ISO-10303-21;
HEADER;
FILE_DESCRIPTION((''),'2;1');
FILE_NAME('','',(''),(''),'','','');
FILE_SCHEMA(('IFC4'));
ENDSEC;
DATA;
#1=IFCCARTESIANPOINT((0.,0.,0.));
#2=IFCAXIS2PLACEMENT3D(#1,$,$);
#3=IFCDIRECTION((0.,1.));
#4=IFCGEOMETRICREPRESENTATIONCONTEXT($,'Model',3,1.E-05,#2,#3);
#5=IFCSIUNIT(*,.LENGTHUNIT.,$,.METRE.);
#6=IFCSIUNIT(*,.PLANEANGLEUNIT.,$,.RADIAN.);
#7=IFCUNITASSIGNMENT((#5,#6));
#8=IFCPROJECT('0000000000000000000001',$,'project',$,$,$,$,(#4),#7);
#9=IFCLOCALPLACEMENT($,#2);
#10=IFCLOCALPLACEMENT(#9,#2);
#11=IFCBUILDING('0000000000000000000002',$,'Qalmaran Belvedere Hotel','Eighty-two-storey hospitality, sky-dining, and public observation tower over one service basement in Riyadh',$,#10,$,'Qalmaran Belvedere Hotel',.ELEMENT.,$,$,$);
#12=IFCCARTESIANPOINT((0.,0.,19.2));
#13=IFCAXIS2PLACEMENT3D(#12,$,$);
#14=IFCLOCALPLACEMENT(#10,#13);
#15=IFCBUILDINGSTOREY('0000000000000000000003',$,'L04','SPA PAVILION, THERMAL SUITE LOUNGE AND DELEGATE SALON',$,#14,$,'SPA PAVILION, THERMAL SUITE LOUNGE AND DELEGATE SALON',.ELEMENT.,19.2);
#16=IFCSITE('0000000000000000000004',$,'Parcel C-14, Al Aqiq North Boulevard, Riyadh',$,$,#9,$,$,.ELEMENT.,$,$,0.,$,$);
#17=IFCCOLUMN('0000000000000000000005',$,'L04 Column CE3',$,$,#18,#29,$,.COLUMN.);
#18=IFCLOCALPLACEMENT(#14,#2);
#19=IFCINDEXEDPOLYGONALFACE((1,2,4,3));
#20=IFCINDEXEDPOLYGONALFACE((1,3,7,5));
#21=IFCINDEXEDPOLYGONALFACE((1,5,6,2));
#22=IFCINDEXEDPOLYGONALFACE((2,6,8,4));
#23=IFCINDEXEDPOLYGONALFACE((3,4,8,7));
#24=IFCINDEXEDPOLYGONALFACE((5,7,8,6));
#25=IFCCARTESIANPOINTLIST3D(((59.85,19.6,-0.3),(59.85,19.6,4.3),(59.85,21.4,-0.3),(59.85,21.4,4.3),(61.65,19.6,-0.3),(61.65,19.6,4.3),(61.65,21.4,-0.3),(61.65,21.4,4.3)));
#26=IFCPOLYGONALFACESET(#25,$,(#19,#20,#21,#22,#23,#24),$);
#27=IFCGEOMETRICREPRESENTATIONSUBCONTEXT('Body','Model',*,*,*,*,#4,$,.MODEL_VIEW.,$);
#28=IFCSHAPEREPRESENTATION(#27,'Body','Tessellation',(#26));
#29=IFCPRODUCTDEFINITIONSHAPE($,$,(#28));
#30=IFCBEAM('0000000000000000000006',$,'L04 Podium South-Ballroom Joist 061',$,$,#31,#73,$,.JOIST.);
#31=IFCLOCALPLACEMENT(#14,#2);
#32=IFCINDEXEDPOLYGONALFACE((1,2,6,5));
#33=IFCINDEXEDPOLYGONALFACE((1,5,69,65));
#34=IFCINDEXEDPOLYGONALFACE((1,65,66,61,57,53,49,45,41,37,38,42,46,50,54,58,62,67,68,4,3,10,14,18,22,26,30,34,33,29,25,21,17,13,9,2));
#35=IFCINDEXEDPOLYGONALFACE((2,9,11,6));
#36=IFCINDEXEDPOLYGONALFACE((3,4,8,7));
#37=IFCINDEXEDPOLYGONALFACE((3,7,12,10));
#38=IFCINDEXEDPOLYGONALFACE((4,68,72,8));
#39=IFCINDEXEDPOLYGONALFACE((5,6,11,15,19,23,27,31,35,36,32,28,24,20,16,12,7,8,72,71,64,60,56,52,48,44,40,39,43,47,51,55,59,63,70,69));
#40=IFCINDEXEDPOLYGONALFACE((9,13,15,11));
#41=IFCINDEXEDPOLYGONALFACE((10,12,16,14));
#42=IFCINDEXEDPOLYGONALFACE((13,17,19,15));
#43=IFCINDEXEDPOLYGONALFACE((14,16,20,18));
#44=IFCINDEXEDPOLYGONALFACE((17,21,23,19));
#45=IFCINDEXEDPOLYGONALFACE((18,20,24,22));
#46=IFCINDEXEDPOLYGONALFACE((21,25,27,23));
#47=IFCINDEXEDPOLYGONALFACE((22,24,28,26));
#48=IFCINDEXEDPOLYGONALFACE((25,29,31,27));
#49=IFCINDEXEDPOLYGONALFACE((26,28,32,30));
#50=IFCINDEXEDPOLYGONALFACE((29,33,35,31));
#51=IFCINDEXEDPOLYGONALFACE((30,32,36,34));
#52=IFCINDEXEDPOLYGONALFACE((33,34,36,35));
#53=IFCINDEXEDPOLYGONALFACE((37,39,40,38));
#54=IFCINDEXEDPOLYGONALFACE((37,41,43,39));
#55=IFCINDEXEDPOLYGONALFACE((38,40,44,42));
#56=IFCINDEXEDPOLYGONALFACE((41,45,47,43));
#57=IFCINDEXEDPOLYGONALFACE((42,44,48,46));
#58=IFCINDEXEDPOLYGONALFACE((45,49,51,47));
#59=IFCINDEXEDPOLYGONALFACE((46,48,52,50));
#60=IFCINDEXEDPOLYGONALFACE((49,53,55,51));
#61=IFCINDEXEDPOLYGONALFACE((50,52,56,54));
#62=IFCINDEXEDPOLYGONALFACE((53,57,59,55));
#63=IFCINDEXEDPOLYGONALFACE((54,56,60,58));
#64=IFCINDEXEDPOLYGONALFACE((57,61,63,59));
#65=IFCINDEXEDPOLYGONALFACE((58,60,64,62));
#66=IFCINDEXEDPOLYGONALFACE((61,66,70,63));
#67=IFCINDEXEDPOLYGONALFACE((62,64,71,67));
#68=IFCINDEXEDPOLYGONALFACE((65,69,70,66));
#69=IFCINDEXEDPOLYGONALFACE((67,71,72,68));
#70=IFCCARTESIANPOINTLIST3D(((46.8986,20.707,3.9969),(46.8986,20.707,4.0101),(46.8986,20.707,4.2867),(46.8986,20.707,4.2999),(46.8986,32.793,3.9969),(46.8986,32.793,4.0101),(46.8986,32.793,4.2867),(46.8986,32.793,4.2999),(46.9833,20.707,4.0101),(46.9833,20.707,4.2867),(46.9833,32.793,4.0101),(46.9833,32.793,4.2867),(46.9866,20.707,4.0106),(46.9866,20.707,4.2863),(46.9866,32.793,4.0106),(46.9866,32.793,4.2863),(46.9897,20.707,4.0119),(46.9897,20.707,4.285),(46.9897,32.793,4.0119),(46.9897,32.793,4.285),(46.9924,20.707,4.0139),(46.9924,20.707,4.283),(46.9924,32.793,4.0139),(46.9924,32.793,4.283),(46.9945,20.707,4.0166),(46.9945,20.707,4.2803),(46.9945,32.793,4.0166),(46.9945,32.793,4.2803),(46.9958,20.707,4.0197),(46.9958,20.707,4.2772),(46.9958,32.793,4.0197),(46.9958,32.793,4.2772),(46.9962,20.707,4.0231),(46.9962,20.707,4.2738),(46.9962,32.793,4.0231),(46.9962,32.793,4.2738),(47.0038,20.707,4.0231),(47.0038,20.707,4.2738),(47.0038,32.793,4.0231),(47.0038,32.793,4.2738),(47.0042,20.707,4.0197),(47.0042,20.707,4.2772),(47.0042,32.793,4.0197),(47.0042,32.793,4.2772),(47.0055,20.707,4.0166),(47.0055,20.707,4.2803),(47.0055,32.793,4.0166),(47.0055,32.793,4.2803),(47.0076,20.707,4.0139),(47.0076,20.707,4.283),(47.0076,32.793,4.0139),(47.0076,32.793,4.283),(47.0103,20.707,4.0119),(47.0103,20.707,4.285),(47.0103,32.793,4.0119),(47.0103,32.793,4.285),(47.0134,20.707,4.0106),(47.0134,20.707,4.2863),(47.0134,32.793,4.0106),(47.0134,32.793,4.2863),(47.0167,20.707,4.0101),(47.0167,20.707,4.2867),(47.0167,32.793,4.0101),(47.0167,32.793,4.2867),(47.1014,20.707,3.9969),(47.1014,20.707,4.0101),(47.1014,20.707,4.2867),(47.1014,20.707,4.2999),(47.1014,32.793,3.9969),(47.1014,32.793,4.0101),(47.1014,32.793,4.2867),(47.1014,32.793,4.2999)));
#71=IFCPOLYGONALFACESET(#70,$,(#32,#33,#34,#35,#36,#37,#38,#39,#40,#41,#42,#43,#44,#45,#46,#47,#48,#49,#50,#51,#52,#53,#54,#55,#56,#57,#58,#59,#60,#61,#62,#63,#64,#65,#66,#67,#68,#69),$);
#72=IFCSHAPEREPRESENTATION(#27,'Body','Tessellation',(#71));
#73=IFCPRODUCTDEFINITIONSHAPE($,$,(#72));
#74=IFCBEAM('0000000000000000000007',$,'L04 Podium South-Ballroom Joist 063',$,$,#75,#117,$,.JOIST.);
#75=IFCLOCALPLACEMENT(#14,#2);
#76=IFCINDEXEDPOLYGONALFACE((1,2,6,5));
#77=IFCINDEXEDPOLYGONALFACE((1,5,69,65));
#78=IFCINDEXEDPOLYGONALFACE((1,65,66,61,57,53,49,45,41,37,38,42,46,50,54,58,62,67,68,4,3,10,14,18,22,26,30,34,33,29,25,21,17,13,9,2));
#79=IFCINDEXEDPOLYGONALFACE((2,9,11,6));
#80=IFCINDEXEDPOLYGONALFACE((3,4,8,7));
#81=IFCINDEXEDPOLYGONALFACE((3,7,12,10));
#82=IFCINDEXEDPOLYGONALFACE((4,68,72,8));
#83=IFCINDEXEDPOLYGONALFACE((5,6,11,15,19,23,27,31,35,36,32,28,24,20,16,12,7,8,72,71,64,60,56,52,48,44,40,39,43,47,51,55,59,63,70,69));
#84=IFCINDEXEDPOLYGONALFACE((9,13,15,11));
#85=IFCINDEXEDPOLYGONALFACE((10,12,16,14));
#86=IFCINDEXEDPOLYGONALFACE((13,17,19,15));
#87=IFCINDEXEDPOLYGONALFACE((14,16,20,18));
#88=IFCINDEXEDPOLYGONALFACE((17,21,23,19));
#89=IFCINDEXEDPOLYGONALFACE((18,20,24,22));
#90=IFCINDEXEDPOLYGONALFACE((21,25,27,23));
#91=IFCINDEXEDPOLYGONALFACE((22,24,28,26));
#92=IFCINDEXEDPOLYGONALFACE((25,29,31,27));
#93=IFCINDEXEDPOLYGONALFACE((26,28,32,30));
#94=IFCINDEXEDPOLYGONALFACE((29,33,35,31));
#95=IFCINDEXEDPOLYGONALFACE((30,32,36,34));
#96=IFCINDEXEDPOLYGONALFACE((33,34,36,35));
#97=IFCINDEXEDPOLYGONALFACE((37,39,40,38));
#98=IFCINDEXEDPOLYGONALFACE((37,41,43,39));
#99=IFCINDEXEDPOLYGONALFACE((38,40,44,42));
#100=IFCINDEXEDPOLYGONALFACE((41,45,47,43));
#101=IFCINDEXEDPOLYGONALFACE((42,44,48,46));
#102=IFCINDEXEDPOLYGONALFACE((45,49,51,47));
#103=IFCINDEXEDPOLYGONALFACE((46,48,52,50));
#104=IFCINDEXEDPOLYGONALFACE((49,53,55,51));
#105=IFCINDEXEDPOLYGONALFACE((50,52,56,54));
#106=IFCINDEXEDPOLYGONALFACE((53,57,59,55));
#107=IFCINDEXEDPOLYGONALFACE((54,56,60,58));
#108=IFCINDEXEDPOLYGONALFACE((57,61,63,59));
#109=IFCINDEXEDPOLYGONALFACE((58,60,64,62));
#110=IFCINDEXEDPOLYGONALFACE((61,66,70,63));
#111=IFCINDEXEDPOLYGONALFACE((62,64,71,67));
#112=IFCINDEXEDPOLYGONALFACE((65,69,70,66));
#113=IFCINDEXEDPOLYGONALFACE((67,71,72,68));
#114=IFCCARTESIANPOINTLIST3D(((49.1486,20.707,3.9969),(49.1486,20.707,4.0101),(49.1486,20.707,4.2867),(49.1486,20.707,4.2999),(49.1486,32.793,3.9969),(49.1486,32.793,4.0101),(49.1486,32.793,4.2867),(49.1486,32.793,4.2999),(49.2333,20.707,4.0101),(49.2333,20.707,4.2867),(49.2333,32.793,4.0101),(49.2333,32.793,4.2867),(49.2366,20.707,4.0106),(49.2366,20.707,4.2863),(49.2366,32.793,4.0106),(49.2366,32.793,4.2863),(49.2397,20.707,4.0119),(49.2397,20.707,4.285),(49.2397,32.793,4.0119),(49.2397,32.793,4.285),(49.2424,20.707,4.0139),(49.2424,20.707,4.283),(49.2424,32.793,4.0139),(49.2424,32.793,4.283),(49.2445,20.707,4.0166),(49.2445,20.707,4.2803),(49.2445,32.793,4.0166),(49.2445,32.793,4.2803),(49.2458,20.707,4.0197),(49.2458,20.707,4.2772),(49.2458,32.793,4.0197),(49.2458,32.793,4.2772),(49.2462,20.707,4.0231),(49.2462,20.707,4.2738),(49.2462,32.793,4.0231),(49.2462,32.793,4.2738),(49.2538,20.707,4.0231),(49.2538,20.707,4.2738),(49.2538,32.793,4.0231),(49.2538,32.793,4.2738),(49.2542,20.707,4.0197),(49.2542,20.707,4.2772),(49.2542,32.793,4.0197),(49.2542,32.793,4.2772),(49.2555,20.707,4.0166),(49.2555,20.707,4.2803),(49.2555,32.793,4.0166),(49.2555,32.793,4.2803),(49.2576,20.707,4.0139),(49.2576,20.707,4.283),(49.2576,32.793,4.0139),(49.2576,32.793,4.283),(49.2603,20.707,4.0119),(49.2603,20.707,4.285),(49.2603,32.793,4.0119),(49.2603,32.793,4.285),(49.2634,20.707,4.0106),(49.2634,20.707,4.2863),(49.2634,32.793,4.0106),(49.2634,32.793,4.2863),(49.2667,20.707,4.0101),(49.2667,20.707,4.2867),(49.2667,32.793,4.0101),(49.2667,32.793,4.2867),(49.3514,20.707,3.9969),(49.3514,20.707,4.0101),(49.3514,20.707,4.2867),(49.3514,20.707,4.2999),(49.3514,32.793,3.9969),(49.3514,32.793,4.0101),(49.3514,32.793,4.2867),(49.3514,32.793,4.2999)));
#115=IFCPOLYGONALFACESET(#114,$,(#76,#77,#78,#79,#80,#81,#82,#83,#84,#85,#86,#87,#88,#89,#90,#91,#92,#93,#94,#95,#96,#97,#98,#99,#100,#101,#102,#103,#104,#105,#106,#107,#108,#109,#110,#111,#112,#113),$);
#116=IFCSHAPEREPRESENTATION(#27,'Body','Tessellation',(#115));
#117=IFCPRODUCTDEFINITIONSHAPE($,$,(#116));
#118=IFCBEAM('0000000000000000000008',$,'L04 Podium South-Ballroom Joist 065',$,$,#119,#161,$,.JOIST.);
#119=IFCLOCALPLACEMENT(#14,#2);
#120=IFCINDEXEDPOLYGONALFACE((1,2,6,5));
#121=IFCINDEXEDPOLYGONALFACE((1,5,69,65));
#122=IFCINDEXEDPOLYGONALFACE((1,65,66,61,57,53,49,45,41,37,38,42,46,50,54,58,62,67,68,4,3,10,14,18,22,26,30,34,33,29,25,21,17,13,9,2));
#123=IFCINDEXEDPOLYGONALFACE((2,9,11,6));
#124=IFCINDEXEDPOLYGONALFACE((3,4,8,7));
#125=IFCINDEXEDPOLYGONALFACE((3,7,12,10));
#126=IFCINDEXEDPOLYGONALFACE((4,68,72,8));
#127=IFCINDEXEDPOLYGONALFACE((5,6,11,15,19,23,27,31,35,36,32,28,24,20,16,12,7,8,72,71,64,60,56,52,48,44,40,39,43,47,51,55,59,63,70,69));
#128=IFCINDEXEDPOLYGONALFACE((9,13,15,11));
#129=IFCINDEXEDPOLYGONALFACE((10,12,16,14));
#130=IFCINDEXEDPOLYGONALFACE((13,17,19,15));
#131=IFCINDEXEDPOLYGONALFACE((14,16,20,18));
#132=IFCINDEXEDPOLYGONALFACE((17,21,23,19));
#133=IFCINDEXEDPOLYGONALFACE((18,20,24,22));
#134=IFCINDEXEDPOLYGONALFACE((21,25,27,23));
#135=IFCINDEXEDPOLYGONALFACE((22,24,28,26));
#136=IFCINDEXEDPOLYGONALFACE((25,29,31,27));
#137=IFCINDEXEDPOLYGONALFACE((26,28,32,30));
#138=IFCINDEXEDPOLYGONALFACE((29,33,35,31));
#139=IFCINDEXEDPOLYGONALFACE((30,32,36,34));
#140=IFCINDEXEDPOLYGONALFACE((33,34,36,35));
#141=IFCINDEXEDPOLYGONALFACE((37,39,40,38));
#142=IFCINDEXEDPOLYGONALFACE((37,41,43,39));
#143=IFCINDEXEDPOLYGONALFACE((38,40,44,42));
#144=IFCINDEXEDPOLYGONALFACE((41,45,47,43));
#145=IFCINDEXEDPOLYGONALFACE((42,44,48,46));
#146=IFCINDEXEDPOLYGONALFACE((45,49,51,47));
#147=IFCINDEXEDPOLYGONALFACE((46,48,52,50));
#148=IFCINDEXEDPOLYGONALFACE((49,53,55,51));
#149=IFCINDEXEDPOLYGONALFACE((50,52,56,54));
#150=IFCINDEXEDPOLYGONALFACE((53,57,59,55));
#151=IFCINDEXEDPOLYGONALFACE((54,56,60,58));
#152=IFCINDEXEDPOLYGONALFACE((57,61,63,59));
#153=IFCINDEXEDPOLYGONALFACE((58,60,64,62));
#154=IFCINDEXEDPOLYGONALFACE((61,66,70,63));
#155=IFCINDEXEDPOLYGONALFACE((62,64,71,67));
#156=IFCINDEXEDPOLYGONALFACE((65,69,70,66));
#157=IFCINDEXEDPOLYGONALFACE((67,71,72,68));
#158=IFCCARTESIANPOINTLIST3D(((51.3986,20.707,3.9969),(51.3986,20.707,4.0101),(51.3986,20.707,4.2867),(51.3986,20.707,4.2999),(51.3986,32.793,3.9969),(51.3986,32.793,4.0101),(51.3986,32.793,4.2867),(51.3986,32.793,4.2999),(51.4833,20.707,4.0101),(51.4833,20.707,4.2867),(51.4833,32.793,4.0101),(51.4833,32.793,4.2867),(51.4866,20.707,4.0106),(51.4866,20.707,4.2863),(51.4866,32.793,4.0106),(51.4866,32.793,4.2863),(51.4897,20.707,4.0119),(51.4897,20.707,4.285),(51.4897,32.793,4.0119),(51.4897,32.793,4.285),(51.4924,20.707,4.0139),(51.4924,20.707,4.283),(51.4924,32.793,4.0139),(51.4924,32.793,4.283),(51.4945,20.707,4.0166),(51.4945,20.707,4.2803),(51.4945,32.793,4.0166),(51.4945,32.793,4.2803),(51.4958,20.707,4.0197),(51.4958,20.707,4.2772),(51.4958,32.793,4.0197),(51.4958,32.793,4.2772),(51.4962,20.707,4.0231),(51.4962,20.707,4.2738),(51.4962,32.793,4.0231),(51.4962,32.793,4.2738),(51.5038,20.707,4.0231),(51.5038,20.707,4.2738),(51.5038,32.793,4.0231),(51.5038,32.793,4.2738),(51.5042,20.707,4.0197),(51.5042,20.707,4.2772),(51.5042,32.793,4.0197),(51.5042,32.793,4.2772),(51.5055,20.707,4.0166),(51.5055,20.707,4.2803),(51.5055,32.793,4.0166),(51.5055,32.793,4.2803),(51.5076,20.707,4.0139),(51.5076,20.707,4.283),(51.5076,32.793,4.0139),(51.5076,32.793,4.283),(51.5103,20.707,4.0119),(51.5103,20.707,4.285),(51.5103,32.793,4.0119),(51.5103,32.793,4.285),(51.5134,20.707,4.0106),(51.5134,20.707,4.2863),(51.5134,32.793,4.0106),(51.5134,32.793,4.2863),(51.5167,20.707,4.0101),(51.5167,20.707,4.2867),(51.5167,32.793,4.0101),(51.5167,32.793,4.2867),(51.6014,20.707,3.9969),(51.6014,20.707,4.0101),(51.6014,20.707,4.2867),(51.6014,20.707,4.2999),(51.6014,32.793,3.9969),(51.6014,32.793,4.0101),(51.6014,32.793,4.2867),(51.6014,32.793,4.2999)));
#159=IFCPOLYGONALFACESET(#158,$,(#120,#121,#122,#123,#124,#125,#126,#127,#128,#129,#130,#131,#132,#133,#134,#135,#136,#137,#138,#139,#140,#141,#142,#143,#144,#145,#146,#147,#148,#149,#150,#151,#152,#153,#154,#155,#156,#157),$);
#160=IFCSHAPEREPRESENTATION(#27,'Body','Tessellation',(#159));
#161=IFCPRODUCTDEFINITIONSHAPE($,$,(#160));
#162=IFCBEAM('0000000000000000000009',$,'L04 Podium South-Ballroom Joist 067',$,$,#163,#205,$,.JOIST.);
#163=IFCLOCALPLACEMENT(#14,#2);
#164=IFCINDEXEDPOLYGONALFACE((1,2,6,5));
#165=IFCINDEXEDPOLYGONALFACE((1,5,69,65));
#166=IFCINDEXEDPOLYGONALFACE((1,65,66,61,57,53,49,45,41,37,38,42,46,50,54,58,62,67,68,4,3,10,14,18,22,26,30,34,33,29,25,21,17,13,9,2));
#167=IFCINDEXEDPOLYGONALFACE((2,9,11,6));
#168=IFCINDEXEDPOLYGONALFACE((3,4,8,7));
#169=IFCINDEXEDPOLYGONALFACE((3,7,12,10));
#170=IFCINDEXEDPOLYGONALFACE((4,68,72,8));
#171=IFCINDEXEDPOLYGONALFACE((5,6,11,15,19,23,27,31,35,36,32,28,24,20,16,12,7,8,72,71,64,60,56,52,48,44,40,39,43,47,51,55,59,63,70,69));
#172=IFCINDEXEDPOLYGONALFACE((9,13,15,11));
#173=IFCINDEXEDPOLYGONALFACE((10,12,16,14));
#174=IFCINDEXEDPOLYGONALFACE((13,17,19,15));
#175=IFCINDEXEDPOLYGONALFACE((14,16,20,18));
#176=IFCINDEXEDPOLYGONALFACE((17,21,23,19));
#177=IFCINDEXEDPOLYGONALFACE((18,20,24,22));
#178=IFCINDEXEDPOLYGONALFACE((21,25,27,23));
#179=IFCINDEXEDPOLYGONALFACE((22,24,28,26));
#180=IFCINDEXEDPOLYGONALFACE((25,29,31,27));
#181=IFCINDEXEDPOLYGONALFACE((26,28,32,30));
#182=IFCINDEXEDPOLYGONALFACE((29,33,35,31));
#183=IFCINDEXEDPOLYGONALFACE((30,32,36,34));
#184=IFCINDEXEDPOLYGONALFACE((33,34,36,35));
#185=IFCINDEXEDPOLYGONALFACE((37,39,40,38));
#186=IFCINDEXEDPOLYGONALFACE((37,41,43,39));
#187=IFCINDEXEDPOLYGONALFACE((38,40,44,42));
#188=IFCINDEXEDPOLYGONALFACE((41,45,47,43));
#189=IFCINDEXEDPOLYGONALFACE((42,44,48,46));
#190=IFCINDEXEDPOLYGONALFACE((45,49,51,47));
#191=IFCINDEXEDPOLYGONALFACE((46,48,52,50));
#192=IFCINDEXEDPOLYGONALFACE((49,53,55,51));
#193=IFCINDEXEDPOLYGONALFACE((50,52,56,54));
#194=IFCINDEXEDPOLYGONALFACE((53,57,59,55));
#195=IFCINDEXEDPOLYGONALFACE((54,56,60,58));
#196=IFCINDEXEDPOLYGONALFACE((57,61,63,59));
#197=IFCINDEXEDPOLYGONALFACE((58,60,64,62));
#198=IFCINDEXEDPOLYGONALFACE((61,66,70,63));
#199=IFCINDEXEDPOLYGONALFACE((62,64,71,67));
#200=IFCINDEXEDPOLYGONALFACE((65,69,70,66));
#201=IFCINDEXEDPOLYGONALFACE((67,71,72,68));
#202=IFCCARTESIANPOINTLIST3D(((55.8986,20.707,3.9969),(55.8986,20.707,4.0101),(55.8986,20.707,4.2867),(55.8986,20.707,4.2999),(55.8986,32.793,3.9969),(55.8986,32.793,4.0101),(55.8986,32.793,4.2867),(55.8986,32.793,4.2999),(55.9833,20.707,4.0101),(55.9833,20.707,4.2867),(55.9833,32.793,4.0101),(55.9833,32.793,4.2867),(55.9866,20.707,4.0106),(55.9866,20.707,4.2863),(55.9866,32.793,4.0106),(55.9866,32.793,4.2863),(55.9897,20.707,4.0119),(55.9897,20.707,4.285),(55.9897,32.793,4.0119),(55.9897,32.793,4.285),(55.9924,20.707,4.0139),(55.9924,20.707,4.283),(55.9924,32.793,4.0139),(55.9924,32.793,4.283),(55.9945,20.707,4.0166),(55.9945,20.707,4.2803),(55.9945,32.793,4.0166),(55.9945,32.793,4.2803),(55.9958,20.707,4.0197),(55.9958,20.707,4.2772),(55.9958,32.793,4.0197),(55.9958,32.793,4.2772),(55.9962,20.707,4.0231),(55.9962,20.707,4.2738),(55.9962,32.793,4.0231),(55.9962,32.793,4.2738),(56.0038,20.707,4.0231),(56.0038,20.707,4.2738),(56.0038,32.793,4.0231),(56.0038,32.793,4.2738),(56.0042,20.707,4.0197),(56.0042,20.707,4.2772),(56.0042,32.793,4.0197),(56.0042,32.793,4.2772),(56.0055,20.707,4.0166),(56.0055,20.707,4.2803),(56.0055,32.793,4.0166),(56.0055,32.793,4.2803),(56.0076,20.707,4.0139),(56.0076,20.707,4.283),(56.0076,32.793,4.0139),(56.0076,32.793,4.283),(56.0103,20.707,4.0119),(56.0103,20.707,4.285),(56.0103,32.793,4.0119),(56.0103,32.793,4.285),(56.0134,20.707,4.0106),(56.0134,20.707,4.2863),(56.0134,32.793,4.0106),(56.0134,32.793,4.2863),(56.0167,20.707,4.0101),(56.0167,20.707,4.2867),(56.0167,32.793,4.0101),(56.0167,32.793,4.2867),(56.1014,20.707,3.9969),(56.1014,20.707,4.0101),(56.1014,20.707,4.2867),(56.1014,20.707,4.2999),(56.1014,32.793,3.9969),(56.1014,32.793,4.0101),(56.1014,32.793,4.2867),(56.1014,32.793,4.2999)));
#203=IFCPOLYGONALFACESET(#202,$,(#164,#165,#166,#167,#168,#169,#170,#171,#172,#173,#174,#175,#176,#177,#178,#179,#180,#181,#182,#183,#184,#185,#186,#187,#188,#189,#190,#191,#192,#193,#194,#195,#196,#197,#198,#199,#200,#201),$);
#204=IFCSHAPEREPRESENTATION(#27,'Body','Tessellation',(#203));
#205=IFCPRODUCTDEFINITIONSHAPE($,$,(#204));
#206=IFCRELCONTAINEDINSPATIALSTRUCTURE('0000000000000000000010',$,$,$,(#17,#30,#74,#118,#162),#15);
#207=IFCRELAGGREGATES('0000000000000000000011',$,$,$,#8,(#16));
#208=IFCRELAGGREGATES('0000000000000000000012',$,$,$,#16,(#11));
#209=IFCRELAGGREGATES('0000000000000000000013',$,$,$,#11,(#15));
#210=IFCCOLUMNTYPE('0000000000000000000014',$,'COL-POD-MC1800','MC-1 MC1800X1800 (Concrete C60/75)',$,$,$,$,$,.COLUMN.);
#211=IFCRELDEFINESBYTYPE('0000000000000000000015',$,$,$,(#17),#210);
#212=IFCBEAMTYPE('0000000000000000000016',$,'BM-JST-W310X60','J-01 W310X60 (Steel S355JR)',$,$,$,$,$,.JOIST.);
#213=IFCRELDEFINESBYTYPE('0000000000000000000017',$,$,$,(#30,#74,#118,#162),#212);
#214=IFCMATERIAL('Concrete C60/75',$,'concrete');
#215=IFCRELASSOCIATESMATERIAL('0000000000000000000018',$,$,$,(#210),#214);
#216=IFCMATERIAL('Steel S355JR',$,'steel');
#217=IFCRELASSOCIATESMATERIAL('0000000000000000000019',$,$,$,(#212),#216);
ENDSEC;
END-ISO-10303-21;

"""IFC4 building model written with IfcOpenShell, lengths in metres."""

from ifc_helpers import new_model, si_unit, direction, frame, origin, origin_2d, place, context, subcontext, project, spatial, rectangle, i_section, extrude, material, material_profile, profile_set, type_object, element, save


model = new_model("IFC4")

# Units and contexts
model_context = context("Model", 3, precision=1e-05, world=origin(), true_north=direction((0.0, 1.0)))
body_context = subcontext(model_context, "Body", "Model", "MODEL_VIEW")
ifc_project = project(units=[si_unit("LENGTHUNIT", "METRE"), si_unit("PLANEANGLEUNIT", "RADIAN")], contexts=[model_context])

# Site, building, storey
site_placement = place(None, origin())
site = spatial("IfcSite", under=ifc_project, at=site_placement, Name="Parcel C-14, Al Aqiq North Boulevard, Riyadh", CompositionType="ELEMENT", RefElevation=0.0)
building_placement = place(site_placement, origin())
building = spatial("IfcBuilding", under=site, at=building_placement, Name="Qalmaran Belvedere Hotel", Description="Eighty-two-storey hospitality, sky-dining, and public observation tower over one service basement in Riyadh", LongName="Qalmaran Belvedere Hotel", CompositionType="ELEMENT")
storey_placement = place(building_placement, frame((0.0, 0.0, 19.2)))
storey = spatial("IfcBuildingStorey", under=building, at=storey_placement, Name="L04", Description="SPA PAVILION, THERMAL SUITE LOUNGE AND DELEGATE SALON", LongName="SPA PAVILION, THERMAL SUITE LOUNGE AND DELEGATE SALON", CompositionType="ELEMENT", Elevation=19.2)

# Column
ifc_material_1 = material(Name="Concrete C60/75", Category="concrete")
ifc_material_profile_1 = material_profile(ifc_material_1, rectangle(XDim=1.8, YDim=1.8, at=origin_2d()), Name="MC1800X1800")
ifc_profile_set_1 = profile_set([ifc_material_profile_1], Name="Concrete C60/75")
column_type = type_object("IfcColumnType", Name="COL-POD-MC1800", Description="MC-1 MC1800X1800 (Concrete C60/75)", PredefinedType="COLUMN", material=ifc_profile_set_1)
column_placement = place(storey_placement, frame((60.75, 20.5, -0.3), z_axis=(0.0, 0.0, 1.0), x_axis=(1.0, 0.0, 0.0)))
element("IfcColumn", 1, at=column_placement, inside=storey, type_object=column_type, Name="L04 Column CE3", PredefinedType="COLUMN", context=body_context, shape_type="SweptSolid", body=[
    extrude(rectangle(XDim=1.8, YDim=1.8, at=origin_2d()), origin(), (0.0, 0.0, 1.0), 4.6001),
])

# Beams
ifc_material_2 = material(Name="Steel S355JR", Category="steel")
ifc_material_profile_2 = material_profile(ifc_material_2, i_section(OverallWidth=0.2029, OverallDepth=0.303, WebThickness=0.0076, FlangeThickness=0.0132, FilletRadius=0.0129, at=origin_2d()), Name="W310X60")
ifc_profile_set_2 = profile_set([ifc_material_profile_2], Name="Steel S355JR")
beam_type_1 = type_object("IfcBeamType", Name="BM-JST-W310X60", Description="J-01 W310X60 (Steel S355JR)", PredefinedType="JOIST", material=ifc_profile_set_2)
for number, where, z_axis, x_axis, name in (
    (2, (47.0, 20.707, 4.1484), (0.0, 1.0, 0.0), (-1.0, 0.0, 0.0), "L04 Podium South-Ballroom Joist 061"),
    (3, (49.25, 20.707, 4.1484), (0.0, 1.0, 0.0), (-1.0, 0.0, 0.0), "L04 Podium South-Ballroom Joist 063"),
    (4, (51.5, 20.707, 4.1484), (0.0, 1.0, 0.0), (-1.0, 0.0, 0.0), "L04 Podium South-Ballroom Joist 065"),
    (5, (56.0, 20.707, 4.1484), (0.0, 1.0, 0.0), (-1.0, 0.0, 0.0), "L04 Podium South-Ballroom Joist 067"),
):
    element("IfcBeam", number, at=place(storey_placement, frame(where, z_axis=z_axis, x_axis=x_axis)), inside=storey, type_object=beam_type_1, Name=name, PredefinedType="JOIST", context=body_context, shape_type="SweptSolid", body=[
        extrude(i_section(OverallWidth=0.2029, OverallDepth=0.303, WebThickness=0.0076, FlangeThickness=0.0132, FilletRadius=0.0129, at=origin_2d()), origin(), (0.0, 0.0, 1.0), 12.0859),
    ])

save(model, "model.ifc")
